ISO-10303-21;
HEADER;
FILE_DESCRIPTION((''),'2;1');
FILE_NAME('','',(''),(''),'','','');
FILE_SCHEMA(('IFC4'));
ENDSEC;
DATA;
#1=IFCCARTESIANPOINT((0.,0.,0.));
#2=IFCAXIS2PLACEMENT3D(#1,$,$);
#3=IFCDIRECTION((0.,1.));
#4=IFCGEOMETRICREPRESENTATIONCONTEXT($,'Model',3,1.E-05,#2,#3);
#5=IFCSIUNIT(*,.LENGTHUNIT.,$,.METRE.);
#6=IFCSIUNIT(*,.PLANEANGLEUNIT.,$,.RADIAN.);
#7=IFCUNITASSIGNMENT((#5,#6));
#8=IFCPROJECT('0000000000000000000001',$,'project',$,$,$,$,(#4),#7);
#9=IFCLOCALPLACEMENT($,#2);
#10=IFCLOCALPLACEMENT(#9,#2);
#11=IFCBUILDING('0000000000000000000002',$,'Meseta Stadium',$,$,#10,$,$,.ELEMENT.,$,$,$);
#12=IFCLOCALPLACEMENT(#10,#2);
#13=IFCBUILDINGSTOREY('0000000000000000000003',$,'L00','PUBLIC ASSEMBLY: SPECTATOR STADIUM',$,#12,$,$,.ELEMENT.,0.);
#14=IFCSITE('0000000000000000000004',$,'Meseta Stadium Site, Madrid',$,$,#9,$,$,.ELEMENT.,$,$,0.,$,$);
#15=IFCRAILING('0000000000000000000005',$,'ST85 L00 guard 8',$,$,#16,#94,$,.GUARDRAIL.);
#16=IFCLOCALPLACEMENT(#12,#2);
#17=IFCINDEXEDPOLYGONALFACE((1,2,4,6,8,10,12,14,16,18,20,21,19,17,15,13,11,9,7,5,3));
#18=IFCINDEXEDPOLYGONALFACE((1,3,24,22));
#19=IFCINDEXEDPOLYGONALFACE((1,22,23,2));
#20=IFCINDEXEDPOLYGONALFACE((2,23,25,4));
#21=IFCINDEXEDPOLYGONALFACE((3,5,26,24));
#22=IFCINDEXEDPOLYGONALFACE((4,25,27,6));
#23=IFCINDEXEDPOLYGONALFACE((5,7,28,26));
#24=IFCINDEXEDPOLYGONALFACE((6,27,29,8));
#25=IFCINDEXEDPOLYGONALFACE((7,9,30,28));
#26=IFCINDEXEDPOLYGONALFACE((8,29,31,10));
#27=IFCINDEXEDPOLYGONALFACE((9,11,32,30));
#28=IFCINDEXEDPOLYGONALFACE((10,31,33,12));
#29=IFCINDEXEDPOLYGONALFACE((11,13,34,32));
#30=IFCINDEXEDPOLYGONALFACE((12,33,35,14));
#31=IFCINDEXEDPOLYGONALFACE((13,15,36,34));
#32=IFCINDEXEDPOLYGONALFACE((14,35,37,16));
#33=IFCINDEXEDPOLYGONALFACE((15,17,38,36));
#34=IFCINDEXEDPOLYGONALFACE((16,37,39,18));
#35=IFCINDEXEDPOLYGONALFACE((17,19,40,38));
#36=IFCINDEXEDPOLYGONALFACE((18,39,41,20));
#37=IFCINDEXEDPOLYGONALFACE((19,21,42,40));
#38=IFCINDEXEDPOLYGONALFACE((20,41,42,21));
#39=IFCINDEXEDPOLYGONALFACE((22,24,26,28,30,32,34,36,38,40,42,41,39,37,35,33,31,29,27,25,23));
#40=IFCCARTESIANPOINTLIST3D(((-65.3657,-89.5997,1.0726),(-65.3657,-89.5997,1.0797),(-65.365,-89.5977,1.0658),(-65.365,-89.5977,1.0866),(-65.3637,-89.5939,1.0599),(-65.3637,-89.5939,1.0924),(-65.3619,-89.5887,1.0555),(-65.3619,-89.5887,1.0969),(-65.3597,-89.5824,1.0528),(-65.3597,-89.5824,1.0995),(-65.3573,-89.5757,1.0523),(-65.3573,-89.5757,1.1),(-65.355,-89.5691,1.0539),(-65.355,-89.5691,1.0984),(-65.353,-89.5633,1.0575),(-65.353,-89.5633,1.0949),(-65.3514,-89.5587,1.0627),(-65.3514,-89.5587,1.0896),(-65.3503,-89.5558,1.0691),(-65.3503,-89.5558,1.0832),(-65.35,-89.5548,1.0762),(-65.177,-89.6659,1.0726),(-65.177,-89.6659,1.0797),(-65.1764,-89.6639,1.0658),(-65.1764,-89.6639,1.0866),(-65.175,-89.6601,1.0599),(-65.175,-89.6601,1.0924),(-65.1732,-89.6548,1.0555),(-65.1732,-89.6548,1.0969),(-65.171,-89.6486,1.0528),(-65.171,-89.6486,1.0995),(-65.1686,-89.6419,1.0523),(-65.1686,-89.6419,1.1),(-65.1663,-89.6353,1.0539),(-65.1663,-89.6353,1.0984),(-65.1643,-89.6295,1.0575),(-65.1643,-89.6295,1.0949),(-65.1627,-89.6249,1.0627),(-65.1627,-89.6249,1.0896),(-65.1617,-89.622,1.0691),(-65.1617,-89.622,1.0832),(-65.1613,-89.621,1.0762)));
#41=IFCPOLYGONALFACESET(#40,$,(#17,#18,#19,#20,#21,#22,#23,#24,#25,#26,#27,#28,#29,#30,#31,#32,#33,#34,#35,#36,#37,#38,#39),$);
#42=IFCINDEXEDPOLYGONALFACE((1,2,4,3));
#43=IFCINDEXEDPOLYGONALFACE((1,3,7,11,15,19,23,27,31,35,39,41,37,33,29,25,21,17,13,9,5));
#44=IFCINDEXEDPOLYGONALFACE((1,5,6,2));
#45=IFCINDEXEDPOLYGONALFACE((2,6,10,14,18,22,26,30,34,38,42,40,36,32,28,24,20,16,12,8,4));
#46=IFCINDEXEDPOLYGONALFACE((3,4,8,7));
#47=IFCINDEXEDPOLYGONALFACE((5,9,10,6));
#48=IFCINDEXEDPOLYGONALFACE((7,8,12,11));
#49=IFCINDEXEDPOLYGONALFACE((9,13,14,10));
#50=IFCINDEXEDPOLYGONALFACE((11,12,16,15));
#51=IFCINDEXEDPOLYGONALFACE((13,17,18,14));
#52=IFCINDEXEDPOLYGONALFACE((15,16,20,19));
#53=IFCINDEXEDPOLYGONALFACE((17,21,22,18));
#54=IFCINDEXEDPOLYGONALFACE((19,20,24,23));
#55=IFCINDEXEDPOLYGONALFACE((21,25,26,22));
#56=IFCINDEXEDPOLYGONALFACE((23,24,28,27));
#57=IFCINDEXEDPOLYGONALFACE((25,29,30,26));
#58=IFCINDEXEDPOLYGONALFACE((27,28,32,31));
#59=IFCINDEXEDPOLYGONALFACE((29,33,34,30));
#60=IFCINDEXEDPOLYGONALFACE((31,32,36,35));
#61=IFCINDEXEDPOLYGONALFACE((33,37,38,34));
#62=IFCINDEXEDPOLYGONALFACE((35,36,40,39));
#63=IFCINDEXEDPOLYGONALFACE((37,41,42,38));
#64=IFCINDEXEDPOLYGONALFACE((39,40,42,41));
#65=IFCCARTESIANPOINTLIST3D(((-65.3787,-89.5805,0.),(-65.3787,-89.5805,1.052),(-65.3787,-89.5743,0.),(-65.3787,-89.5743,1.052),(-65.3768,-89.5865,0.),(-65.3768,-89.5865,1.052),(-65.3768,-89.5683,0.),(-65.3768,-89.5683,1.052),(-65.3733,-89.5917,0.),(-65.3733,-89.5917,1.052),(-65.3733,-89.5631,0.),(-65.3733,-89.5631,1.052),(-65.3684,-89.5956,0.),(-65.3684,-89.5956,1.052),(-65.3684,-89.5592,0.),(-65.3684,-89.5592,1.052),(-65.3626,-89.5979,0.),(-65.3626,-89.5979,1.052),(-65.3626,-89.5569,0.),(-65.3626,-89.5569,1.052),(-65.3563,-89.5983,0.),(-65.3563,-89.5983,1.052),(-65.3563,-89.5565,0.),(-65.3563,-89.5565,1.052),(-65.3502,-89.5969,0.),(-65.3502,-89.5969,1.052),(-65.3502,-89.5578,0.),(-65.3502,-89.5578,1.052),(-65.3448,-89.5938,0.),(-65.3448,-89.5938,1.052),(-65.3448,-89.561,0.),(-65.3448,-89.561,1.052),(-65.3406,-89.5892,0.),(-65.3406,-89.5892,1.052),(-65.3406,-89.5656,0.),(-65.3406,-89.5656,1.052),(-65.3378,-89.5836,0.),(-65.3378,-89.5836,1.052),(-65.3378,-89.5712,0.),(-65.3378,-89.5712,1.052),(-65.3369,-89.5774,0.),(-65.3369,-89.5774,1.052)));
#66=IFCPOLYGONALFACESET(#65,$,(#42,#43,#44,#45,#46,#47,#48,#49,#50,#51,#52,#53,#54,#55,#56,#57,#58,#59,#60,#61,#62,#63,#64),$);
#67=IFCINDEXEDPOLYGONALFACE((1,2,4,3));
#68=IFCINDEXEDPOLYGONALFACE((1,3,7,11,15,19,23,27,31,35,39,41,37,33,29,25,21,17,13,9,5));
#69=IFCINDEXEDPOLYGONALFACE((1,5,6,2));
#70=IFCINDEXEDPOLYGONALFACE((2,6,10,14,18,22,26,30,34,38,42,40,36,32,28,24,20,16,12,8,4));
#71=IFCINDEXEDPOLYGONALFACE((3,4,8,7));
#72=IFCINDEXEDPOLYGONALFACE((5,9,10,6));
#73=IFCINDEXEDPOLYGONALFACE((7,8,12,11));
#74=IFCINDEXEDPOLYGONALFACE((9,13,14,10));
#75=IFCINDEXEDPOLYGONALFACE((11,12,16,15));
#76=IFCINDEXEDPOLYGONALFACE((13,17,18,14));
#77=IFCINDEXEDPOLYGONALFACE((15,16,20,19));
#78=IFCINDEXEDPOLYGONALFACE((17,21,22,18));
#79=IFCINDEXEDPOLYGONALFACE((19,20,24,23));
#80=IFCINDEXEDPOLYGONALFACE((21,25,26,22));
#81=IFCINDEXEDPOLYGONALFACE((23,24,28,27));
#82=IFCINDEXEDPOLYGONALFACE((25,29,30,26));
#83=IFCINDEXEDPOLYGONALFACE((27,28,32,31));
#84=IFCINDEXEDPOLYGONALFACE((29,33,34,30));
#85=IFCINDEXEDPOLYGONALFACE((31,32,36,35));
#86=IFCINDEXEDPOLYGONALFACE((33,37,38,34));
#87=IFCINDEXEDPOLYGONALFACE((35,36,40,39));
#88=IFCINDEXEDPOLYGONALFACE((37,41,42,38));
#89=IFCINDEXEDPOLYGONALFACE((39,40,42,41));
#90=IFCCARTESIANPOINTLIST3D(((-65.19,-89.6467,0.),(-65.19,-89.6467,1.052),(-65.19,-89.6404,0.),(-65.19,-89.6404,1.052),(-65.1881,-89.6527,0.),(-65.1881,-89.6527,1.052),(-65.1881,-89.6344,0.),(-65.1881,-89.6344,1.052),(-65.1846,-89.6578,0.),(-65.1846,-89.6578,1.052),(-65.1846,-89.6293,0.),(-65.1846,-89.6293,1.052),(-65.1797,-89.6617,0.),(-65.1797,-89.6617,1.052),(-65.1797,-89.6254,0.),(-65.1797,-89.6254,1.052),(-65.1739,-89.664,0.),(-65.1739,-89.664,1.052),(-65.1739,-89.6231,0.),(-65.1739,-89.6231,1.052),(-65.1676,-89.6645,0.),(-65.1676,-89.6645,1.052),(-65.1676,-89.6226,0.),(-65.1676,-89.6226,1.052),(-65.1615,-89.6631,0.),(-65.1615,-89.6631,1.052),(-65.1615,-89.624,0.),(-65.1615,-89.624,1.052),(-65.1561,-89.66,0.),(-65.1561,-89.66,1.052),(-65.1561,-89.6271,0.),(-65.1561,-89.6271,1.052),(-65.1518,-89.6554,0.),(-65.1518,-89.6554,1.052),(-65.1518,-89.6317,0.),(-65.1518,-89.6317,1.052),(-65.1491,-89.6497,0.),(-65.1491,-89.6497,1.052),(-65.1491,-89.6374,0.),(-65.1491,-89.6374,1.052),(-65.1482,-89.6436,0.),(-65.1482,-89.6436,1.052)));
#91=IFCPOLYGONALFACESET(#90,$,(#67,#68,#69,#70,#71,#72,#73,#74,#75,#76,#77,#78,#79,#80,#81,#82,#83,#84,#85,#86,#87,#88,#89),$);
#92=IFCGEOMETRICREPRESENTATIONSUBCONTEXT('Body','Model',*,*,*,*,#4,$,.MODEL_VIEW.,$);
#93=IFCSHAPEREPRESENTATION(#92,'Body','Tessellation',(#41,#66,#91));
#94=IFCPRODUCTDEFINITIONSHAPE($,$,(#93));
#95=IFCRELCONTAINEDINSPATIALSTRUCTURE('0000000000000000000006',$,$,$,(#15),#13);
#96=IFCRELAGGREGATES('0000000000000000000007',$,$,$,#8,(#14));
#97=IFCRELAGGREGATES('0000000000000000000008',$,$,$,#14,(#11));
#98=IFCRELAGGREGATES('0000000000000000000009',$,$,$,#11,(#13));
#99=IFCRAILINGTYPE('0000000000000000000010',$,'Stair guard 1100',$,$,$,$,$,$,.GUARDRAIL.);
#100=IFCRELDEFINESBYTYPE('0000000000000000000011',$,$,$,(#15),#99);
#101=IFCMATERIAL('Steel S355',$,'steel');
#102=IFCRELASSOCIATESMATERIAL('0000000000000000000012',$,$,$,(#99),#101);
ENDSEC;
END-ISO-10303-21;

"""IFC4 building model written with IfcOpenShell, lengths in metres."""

from ifc_helpers import new_model, si_unit, direction, frame, origin, origin_2d, place, context, subcontext, project, spatial, circle, extrude, material, type_object, element, save


model = new_model("IFC4")

# Units and contexts
model_context = context("Model", 3, precision=1e-05, world=origin(), true_north=direction((0.0, 1.0)))
body_context = subcontext(model_context, "Body", "Model", "MODEL_VIEW")
ifc_project = project(units=[si_unit("LENGTHUNIT", "METRE"), si_unit("PLANEANGLEUNIT", "RADIAN")], contexts=[model_context])

# Site, building, storey
site_placement = place(None, origin())
site = spatial("IfcSite", under=ifc_project, at=site_placement, Name="Meseta Stadium Site, Madrid", CompositionType="ELEMENT", RefElevation=0.0)
building_placement = place(site_placement, origin())
building = spatial("IfcBuilding", under=site, at=building_placement, Name="Meseta Stadium", CompositionType="ELEMENT")
storey_placement = place(building_placement, origin())
storey = spatial("IfcBuildingStorey", under=building, at=storey_placement, Name="L00", Description="PUBLIC ASSEMBLY: SPECTATOR STADIUM", CompositionType="ELEMENT", Elevation=0.0)

# Railing
ifc_material_1 = material(Name="Steel S355", Category="steel")
railing_type_1 = type_object("IfcRailingType", Name="Stair guard 1100", PredefinedType="GUARDRAIL", material=ifc_material_1)
railing_1_placement = place(storey_placement, frame((-65.3579, -89.5774, 0.0)))
element("IfcRailing", 1, at=railing_1_placement, inside=storey, type_object=railing_type_1, Name="ST85 L00 guard 8", PredefinedType="GUARDRAIL", context=body_context, shape_type="SweptSolid", body=[
    extrude(circle(Radius=0.0239, at=origin_2d()), frame((0.0, 0.0, 1.0762), z_axis=(0.943687, -0.33084, 0.0), x_axis=(0.33084, 0.943687, 0.0)), (0.0, 0.0, 1.0), 0.2),
    extrude(circle(Radius=0.021, at=origin_2d()), origin(), (0.0, 0.0, 1.0), 1.052),
    extrude(circle(Radius=0.021, at=origin_2d()), frame((0.1887, -0.0662, 0.0)), (0.0, 0.0, 1.0), 1.052),
])

save(model, "model.ifc")
